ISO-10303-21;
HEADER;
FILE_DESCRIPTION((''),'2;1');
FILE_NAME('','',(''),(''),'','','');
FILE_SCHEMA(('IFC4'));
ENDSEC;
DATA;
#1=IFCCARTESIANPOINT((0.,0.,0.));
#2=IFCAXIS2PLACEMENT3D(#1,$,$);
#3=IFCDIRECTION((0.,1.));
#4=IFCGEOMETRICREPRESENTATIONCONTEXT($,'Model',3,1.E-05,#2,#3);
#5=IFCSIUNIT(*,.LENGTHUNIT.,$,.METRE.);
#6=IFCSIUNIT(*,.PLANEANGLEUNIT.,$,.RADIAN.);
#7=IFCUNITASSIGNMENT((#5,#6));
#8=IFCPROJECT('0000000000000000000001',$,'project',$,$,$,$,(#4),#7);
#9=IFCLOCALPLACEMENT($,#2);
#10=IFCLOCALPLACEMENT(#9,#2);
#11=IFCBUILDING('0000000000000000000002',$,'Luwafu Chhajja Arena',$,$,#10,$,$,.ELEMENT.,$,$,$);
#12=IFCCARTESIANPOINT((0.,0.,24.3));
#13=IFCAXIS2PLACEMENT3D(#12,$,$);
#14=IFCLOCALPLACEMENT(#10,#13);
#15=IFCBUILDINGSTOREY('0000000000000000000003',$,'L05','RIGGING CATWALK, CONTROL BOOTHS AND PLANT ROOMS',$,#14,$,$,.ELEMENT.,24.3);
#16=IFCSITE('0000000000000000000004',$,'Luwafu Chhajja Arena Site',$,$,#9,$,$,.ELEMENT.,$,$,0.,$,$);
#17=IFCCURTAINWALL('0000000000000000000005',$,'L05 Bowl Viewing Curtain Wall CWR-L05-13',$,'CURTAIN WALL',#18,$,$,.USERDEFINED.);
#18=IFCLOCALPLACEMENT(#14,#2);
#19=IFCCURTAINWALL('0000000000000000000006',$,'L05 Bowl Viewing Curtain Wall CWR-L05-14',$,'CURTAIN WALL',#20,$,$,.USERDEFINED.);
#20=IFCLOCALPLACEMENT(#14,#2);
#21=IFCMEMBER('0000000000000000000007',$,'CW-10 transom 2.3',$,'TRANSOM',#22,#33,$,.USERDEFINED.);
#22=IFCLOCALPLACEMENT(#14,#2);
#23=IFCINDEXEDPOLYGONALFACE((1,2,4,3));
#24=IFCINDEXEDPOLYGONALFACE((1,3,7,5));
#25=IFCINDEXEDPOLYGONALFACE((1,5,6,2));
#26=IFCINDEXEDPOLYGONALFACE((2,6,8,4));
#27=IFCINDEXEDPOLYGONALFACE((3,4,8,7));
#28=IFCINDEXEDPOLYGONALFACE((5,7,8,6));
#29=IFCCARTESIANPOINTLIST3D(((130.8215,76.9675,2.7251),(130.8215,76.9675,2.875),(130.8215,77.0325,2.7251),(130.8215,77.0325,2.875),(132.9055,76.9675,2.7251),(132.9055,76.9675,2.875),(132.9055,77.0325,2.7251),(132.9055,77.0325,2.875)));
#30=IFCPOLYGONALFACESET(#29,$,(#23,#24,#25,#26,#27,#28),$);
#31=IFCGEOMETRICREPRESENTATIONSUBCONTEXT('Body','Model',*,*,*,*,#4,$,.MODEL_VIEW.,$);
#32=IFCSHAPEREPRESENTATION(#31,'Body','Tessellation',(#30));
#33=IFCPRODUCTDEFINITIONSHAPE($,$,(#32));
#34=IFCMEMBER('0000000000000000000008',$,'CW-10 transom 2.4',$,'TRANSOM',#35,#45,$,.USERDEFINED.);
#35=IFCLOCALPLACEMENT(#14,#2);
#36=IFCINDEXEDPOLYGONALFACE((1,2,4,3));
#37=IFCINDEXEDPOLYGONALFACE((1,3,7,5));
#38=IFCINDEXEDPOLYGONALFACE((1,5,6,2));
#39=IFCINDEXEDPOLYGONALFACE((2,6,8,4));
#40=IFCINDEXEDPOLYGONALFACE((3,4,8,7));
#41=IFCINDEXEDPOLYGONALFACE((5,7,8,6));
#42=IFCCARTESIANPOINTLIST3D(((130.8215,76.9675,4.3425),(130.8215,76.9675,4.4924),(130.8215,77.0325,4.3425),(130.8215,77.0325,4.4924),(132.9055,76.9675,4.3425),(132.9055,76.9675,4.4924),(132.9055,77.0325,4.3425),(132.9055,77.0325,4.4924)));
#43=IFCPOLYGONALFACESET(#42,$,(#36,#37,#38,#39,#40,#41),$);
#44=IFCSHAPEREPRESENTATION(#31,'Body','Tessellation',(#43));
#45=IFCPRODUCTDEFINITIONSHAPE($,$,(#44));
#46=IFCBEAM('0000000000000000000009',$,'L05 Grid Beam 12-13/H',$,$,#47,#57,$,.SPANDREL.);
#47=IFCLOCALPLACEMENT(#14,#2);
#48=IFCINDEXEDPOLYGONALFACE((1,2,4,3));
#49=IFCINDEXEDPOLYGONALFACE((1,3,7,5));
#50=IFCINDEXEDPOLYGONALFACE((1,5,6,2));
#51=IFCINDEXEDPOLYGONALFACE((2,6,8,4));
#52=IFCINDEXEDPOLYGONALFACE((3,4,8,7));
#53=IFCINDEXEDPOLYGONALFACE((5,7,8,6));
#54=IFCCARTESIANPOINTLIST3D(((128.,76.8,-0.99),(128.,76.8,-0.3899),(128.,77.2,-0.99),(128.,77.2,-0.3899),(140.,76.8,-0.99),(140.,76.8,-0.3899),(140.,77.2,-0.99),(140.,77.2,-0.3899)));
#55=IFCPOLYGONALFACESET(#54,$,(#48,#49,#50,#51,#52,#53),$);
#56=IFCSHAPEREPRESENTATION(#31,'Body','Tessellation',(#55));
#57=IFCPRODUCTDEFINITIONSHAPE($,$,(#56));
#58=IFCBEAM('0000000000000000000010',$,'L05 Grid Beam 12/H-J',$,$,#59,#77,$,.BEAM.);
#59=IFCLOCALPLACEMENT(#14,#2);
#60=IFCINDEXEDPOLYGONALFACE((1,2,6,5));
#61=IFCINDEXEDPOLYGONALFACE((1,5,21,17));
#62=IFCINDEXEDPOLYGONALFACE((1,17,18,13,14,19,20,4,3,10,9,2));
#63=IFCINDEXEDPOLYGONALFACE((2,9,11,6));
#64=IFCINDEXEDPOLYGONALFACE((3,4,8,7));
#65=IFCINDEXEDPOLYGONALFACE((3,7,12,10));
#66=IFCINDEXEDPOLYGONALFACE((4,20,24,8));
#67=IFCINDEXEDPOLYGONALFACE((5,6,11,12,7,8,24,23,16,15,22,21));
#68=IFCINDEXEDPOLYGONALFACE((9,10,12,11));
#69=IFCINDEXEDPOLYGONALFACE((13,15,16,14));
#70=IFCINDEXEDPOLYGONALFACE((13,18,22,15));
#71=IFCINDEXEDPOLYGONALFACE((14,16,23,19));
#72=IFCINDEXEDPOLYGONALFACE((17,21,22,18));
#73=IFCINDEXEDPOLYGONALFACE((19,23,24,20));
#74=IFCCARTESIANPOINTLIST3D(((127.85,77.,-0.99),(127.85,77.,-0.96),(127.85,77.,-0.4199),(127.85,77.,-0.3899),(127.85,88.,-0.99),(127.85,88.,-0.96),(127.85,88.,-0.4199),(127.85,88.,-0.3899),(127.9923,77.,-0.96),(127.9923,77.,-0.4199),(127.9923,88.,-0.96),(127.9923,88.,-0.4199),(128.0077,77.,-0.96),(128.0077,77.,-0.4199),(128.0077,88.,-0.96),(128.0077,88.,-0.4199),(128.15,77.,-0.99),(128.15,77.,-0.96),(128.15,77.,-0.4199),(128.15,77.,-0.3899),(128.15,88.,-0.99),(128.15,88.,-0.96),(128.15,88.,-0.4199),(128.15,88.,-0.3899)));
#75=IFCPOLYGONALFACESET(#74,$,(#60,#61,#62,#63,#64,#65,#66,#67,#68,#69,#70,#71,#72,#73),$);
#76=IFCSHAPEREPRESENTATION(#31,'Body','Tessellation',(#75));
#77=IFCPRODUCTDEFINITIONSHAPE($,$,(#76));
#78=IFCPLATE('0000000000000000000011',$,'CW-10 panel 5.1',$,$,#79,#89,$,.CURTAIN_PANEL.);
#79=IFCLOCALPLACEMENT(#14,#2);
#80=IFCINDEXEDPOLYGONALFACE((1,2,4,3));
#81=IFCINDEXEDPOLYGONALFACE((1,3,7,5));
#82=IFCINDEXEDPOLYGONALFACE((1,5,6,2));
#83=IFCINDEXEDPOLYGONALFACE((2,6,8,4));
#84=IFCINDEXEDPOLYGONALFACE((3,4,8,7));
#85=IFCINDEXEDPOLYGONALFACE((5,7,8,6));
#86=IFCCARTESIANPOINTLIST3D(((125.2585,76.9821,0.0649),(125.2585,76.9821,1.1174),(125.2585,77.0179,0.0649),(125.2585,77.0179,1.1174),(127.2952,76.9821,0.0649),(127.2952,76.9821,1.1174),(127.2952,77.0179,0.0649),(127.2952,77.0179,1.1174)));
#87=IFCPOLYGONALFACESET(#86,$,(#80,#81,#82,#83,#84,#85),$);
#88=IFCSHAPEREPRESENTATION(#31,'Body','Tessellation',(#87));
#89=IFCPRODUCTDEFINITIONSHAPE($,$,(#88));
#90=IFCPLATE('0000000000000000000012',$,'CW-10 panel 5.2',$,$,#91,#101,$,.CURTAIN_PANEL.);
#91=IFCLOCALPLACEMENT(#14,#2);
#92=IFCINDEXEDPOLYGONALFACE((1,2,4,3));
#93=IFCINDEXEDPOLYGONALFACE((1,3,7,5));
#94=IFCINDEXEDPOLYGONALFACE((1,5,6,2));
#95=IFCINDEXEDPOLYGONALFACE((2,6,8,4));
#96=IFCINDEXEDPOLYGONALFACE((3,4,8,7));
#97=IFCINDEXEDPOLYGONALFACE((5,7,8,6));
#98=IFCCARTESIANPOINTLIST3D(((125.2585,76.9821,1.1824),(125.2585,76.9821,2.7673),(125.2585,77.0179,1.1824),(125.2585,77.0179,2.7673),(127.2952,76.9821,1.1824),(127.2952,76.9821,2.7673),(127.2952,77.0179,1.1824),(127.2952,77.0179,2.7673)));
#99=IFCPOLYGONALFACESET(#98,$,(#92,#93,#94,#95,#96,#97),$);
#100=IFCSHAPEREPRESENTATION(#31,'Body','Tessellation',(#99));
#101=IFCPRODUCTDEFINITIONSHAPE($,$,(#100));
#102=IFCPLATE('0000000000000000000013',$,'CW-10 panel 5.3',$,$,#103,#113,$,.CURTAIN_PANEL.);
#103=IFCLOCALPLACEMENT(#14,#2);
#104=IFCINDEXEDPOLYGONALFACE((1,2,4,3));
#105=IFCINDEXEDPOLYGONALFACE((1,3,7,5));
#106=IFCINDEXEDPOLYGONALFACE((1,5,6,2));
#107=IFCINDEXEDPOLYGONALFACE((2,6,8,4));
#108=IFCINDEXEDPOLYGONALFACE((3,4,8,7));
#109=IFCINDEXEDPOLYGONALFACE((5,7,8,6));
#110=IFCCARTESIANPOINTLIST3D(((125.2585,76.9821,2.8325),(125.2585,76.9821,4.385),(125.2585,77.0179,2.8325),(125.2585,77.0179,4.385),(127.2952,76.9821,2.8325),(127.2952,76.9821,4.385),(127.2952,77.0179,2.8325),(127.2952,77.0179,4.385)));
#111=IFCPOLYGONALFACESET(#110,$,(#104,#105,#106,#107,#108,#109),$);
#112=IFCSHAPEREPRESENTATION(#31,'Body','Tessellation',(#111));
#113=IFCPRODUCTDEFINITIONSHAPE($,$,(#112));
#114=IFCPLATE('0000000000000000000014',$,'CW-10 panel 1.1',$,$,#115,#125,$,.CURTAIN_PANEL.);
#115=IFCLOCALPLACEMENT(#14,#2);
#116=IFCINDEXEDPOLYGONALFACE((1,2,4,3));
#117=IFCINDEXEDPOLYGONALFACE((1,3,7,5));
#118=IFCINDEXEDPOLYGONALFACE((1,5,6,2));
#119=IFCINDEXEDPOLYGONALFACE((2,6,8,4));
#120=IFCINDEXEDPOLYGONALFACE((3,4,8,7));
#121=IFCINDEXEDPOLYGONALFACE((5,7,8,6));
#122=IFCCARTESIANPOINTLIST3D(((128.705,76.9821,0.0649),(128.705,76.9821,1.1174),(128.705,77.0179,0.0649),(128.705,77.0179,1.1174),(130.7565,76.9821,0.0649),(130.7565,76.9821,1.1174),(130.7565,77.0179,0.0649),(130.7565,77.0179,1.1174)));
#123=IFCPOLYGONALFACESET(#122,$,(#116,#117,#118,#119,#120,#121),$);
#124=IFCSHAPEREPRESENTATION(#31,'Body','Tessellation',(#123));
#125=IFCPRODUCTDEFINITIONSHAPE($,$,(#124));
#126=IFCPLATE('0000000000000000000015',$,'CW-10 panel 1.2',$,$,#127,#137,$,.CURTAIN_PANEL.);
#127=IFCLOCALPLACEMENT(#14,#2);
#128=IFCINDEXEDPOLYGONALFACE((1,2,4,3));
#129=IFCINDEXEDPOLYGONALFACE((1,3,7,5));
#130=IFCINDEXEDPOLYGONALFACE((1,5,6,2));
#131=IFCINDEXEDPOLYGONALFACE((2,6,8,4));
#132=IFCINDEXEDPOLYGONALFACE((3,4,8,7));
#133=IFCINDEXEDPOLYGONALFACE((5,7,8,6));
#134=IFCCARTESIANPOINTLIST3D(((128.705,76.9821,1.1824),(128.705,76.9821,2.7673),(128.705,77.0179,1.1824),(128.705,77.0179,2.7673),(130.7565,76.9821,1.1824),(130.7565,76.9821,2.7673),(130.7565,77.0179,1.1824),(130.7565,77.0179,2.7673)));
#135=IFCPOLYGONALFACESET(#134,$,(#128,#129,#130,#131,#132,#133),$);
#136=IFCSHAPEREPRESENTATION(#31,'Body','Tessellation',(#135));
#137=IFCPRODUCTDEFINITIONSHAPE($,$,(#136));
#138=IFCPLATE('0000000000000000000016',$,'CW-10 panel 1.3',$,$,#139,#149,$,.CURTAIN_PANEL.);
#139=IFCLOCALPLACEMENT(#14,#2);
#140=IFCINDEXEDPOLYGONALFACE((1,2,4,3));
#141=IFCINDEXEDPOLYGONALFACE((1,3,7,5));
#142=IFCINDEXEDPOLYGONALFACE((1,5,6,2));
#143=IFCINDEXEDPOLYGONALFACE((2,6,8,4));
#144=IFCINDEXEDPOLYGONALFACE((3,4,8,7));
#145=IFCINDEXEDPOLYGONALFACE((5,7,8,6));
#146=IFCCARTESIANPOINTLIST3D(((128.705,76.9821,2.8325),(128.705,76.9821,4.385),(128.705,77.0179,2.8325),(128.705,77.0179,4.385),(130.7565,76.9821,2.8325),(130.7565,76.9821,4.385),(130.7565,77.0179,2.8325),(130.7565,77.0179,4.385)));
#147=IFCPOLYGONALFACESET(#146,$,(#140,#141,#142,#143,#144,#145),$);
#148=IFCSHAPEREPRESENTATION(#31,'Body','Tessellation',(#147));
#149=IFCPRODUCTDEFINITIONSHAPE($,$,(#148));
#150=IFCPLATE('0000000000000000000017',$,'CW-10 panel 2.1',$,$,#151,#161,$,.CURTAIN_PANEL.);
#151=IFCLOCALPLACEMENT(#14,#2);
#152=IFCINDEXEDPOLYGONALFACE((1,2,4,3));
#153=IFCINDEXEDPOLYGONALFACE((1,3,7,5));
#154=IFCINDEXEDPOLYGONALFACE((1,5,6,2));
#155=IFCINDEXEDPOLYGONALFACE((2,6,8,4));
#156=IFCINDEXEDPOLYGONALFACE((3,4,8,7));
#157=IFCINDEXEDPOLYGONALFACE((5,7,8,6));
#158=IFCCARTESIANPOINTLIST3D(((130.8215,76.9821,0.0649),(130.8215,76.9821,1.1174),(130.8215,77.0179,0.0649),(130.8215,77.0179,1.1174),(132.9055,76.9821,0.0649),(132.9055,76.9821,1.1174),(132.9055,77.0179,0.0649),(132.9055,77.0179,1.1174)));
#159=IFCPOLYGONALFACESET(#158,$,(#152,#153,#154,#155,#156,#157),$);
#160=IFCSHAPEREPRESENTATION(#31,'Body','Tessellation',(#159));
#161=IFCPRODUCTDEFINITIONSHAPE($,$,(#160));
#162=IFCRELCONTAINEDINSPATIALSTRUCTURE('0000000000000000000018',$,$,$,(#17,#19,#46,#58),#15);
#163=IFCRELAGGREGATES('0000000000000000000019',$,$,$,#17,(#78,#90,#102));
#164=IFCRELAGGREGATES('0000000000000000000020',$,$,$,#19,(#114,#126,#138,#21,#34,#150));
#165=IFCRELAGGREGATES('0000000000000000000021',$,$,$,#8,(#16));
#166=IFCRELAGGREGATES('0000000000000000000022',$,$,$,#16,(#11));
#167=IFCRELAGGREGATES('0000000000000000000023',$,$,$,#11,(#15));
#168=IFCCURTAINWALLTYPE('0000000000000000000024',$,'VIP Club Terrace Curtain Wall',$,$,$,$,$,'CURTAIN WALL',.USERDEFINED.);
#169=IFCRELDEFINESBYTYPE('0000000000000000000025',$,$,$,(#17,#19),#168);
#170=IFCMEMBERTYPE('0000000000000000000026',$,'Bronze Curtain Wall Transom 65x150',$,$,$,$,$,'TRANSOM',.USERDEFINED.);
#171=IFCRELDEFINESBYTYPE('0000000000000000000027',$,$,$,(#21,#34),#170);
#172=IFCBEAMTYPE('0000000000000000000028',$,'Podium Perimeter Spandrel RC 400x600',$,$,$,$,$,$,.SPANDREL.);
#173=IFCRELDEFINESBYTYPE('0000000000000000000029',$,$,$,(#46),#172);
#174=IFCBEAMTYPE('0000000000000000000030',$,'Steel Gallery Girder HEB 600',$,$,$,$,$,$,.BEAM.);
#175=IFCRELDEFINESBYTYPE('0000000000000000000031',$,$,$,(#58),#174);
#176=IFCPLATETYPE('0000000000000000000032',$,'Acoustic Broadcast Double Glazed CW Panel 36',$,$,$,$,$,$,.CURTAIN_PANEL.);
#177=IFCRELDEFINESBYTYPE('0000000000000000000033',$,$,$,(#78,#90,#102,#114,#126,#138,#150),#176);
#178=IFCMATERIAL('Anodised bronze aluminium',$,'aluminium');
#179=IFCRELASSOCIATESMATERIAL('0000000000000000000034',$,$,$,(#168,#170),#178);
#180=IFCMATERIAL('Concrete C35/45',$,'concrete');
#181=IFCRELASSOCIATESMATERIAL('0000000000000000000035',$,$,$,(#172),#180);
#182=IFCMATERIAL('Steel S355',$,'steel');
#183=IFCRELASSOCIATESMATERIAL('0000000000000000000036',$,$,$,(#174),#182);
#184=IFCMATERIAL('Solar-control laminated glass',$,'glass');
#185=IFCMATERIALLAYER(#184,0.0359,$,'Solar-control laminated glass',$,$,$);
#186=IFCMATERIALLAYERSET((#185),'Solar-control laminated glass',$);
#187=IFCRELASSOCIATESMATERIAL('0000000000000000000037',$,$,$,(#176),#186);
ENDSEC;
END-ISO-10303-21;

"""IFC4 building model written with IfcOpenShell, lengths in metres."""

from ifc_helpers import new_model, si_unit, direction, frame, origin, origin_2d, place, context, subcontext, project, spatial, rectangle, i_section, extrude, material, layer, layer_set, material_profile, profile_set, type_object, element, aggregate, save


model = new_model("IFC4")

# Units and contexts
model_context = context("Model", 3, precision=1e-05, world=origin(), true_north=direction((0.0, 1.0)))
body_context = subcontext(model_context, "Body", "Model", "MODEL_VIEW")
ifc_project = project(units=[si_unit("LENGTHUNIT", "METRE"), si_unit("PLANEANGLEUNIT", "RADIAN")], contexts=[model_context])

# Site, building, storey
site_placement = place(None, origin())
site = spatial("IfcSite", under=ifc_project, at=site_placement, Name="Luwafu Chhajja Arena Site", CompositionType="ELEMENT", RefElevation=0.0)
building_placement = place(site_placement, origin())
building = spatial("IfcBuilding", under=site, at=building_placement, Name="Luwafu Chhajja Arena", CompositionType="ELEMENT")
storey_placement = place(building_placement, frame((0.0, 0.0, 24.3)))
storey = spatial("IfcBuildingStorey", under=building, at=storey_placement, Name="L05", Description="RIGGING CATWALK, CONTROL BOOTHS AND PLANT ROOMS", CompositionType="ELEMENT", Elevation=24.3)

# Curtain wall
ifc_material_1 = material(Name="Anodised bronze aluminium", Category="aluminium")
curtain_wall_type = type_object("IfcCurtainWallType", Name="VIP Club Terrace Curtain Wall", ElementType="CURTAIN WALL", PredefinedType="USERDEFINED", material=ifc_material_1)
curtain_wall_1_placement = place(storey_placement, origin())
curtain_wall_1 = element("IfcCurtainWall", 1, at=curtain_wall_1_placement, inside=storey, type_object=curtain_wall_type, Name="L05 Bowl Viewing Curtain Wall CWR-L05-13", ObjectType="CURTAIN WALL", PredefinedType="USERDEFINED")

# Curtain wall
curtain_wall_2_placement = place(storey_placement, origin())
curtain_wall_2 = element("IfcCurtainWall", 2, at=curtain_wall_2_placement, inside=storey, type_object=curtain_wall_type, Name="L05 Bowl Viewing Curtain Wall CWR-L05-14", ObjectType="CURTAIN WALL", PredefinedType="USERDEFINED")

# Members
ifc_material_profile_1 = material_profile(ifc_material_1, rectangle(XDim=0.0649, YDim=0.1499, at=origin_2d()), Name="CWT 65x150")
ifc_profile_set_1 = profile_set([ifc_material_profile_1], Name="Anodised bronze aluminium")
member_type_1 = type_object("IfcMemberType", Name="Bronze Curtain Wall Transom 65x150", ElementType="TRANSOM", PredefinedType="USERDEFINED", material=ifc_profile_set_1)
member_1_placement = place(storey_placement, frame((130.8215, 77.0, 2.8), z_axis=(1.0, 0.0, 0.0), x_axis=(0.0, 1.0, 0.0)))
member_1 = element("IfcMember", 3, at=member_1_placement, type_object=member_type_1, Name="CW-10 transom 2.3", ObjectType="TRANSOM", PredefinedType="USERDEFINED", context=body_context, shape_type="SweptSolid", body=[
    extrude(rectangle(XDim=0.0649, YDim=0.1499, at=origin_2d()), origin(), (0.0, 0.0, 1.0), 2.084),
])
member_2_placement = place(storey_placement, frame((130.8215, 77.0, 4.4175), z_axis=(1.0, 0.0, 0.0), x_axis=(0.0, 1.0, 0.0)))
member_2 = element("IfcMember", 4, at=member_2_placement, type_object=member_type_1, Name="CW-10 transom 2.4", ObjectType="TRANSOM", PredefinedType="USERDEFINED", context=body_context, shape_type="SweptSolid", body=[
    extrude(rectangle(XDim=0.0649, YDim=0.1499, at=origin_2d()), origin(), (0.0, 0.0, 1.0), 2.084),
])

# Beams
ifc_material_2 = material(Name="Concrete C35/45", Category="concrete")
ifc_material_profile_2 = material_profile(ifc_material_2, rectangle(XDim=0.3999, YDim=0.6001, at=origin_2d()), Name="RC 400x600")
ifc_profile_set_2 = profile_set([ifc_material_profile_2], Name="Concrete C35/45")
beam_type_1 = type_object("IfcBeamType", Name="Podium Perimeter Spandrel RC 400x600", PredefinedType="SPANDREL", material=ifc_profile_set_2)
beam_1_placement = place(storey_placement, frame((128.0, 77.0, -0.6899), z_axis=(1.0, 0.0, 0.0), x_axis=(0.0, 1.0, 0.0)))
element("IfcBeam", 5, at=beam_1_placement, inside=storey, type_object=beam_type_1, Name="L05 Grid Beam 12-13/H", PredefinedType="SPANDREL", context=body_context, shape_type="SweptSolid", body=[
    extrude(rectangle(XDim=0.3999, YDim=0.6001, at=origin_2d()), origin(), (0.0, 0.0, 1.0), 12.0),
])
ifc_material_3 = material(Name="Steel S355", Category="steel")
ifc_material_profile_3 = material_profile(ifc_material_3, i_section(OverallWidth=0.3, OverallDepth=0.6001, WebThickness=0.0154, FlangeThickness=0.03, at=origin_2d()), Name="HEB 600")
ifc_profile_set_3 = profile_set([ifc_material_profile_3], Name="Steel S355")
beam_type_2 = type_object("IfcBeamType", Name="Steel Gallery Girder HEB 600", PredefinedType="BEAM", material=ifc_profile_set_3)
beam_2_placement = place(storey_placement, frame((128.0, 77.0, -0.6899), z_axis=(0.0, 1.0, 0.0), x_axis=(-1.0, 0.0, 0.0)))
element("IfcBeam", 6, at=beam_2_placement, inside=storey, type_object=beam_type_2, Name="L05 Grid Beam 12/H-J", PredefinedType="BEAM", context=body_context, shape_type="SweptSolid", body=[
    extrude(i_section(OverallWidth=0.3, OverallDepth=0.6001, WebThickness=0.0154, FlangeThickness=0.03, at=origin_2d()), origin(), (0.0, 0.0, 1.0), 11.0),
])

# Plates
ifc_material_4 = material(Name="Solar-control laminated glass", Category="glass")
ifc_layer = layer(ifc_material_4, 0.0359, Name="Solar-control laminated glass")
ifc_layer_set = layer_set([ifc_layer], Name="Solar-control laminated glass")
plate_type = type_object("IfcPlateType", Name="Acoustic Broadcast Double Glazed CW Panel 36", PredefinedType="CURTAIN_PANEL", material=ifc_layer_set)
plate_1_placement = place(storey_placement, frame((126.2769, 77.0, 0.0649), z_axis=(0.0, 0.0, 1.0), x_axis=(1.0, 0.0, 0.0)))
plate_1 = element("IfcPlate", 7, at=plate_1_placement, type_object=plate_type, Name="CW-10 panel 5.1", PredefinedType="CURTAIN_PANEL", context=body_context, shape_type="SweptSolid", body=[
    extrude(rectangle(XDim=2.0366, YDim=0.0359, at=origin_2d()), origin(), (0.0, 0.0, 1.0), 1.0525),
])
plate_2_placement = place(storey_placement, frame((126.2769, 77.0, 1.1824), z_axis=(0.0, 0.0, 1.0), x_axis=(1.0, 0.0, 0.0)))
plate_2 = element("IfcPlate", 8, at=plate_2_placement, type_object=plate_type, Name="CW-10 panel 5.2", PredefinedType="CURTAIN_PANEL", context=body_context, shape_type="SweptSolid", body=[
    extrude(rectangle(XDim=2.0366, YDim=0.0359, at=origin_2d()), origin(), (0.0, 0.0, 1.0), 1.585),
])
plate_3_placement = place(storey_placement, frame((126.2769, 77.0, 2.8325), z_axis=(0.0, 0.0, 1.0), x_axis=(1.0, 0.0, 0.0)))
plate_3 = element("IfcPlate", 9, at=plate_3_placement, type_object=plate_type, Name="CW-10 panel 5.3", PredefinedType="CURTAIN_PANEL", context=body_context, shape_type="SweptSolid", body=[
    extrude(rectangle(XDim=2.0366, YDim=0.0359, at=origin_2d()), origin(), (0.0, 0.0, 1.0), 1.5525),
])
aggregate(curtain_wall_1, [plate_1, plate_2, plate_3])
plate_4_placement = place(storey_placement, frame((129.7307, 77.0, 0.0649), z_axis=(0.0, 0.0, 1.0), x_axis=(1.0, 0.0, 0.0)))
plate_4 = element("IfcPlate", 10, at=plate_4_placement, type_object=plate_type, Name="CW-10 panel 1.1", PredefinedType="CURTAIN_PANEL", context=body_context, shape_type="SweptSolid", body=[
    extrude(rectangle(XDim=2.0515, YDim=0.0359, at=origin_2d()), origin(), (0.0, 0.0, 1.0), 1.0525),
])
plate_5_placement = place(storey_placement, frame((129.7307, 77.0, 1.1824), z_axis=(0.0, 0.0, 1.0), x_axis=(1.0, 0.0, 0.0)))
plate_5 = element("IfcPlate", 11, at=plate_5_placement, type_object=plate_type, Name="CW-10 panel 1.2", PredefinedType="CURTAIN_PANEL", context=body_context, shape_type="SweptSolid", body=[
    extrude(rectangle(XDim=2.0515, YDim=0.0359, at=origin_2d()), origin(), (0.0, 0.0, 1.0), 1.585),
])
plate_6_placement = place(storey_placement, frame((129.7307, 77.0, 2.8325), z_axis=(0.0, 0.0, 1.0), x_axis=(1.0, 0.0, 0.0)))
plate_6 = element("IfcPlate", 12, at=plate_6_placement, type_object=plate_type, Name="CW-10 panel 1.3", PredefinedType="CURTAIN_PANEL", context=body_context, shape_type="SweptSolid", body=[
    extrude(rectangle(XDim=2.0515, YDim=0.0359, at=origin_2d()), origin(), (0.0, 0.0, 1.0), 1.5525),
])
plate_7_placement = place(storey_placement, frame((131.8635, 77.0, 0.0649), z_axis=(0.0, 0.0, 1.0), x_axis=(1.0, 0.0, 0.0)))
plate_7 = element("IfcPlate", 13, at=plate_7_placement, type_object=plate_type, Name="CW-10 panel 2.1", PredefinedType="CURTAIN_PANEL", context=body_context, shape_type="SweptSolid", body=[
    extrude(rectangle(XDim=2.084, YDim=0.0359, at=origin_2d()), origin(), (0.0, 0.0, 1.0), 1.0525),
])
aggregate(curtain_wall_2, [plate_4, plate_5, plate_6, member_1, member_2, plate_7])

save(model, "model.ifc")
